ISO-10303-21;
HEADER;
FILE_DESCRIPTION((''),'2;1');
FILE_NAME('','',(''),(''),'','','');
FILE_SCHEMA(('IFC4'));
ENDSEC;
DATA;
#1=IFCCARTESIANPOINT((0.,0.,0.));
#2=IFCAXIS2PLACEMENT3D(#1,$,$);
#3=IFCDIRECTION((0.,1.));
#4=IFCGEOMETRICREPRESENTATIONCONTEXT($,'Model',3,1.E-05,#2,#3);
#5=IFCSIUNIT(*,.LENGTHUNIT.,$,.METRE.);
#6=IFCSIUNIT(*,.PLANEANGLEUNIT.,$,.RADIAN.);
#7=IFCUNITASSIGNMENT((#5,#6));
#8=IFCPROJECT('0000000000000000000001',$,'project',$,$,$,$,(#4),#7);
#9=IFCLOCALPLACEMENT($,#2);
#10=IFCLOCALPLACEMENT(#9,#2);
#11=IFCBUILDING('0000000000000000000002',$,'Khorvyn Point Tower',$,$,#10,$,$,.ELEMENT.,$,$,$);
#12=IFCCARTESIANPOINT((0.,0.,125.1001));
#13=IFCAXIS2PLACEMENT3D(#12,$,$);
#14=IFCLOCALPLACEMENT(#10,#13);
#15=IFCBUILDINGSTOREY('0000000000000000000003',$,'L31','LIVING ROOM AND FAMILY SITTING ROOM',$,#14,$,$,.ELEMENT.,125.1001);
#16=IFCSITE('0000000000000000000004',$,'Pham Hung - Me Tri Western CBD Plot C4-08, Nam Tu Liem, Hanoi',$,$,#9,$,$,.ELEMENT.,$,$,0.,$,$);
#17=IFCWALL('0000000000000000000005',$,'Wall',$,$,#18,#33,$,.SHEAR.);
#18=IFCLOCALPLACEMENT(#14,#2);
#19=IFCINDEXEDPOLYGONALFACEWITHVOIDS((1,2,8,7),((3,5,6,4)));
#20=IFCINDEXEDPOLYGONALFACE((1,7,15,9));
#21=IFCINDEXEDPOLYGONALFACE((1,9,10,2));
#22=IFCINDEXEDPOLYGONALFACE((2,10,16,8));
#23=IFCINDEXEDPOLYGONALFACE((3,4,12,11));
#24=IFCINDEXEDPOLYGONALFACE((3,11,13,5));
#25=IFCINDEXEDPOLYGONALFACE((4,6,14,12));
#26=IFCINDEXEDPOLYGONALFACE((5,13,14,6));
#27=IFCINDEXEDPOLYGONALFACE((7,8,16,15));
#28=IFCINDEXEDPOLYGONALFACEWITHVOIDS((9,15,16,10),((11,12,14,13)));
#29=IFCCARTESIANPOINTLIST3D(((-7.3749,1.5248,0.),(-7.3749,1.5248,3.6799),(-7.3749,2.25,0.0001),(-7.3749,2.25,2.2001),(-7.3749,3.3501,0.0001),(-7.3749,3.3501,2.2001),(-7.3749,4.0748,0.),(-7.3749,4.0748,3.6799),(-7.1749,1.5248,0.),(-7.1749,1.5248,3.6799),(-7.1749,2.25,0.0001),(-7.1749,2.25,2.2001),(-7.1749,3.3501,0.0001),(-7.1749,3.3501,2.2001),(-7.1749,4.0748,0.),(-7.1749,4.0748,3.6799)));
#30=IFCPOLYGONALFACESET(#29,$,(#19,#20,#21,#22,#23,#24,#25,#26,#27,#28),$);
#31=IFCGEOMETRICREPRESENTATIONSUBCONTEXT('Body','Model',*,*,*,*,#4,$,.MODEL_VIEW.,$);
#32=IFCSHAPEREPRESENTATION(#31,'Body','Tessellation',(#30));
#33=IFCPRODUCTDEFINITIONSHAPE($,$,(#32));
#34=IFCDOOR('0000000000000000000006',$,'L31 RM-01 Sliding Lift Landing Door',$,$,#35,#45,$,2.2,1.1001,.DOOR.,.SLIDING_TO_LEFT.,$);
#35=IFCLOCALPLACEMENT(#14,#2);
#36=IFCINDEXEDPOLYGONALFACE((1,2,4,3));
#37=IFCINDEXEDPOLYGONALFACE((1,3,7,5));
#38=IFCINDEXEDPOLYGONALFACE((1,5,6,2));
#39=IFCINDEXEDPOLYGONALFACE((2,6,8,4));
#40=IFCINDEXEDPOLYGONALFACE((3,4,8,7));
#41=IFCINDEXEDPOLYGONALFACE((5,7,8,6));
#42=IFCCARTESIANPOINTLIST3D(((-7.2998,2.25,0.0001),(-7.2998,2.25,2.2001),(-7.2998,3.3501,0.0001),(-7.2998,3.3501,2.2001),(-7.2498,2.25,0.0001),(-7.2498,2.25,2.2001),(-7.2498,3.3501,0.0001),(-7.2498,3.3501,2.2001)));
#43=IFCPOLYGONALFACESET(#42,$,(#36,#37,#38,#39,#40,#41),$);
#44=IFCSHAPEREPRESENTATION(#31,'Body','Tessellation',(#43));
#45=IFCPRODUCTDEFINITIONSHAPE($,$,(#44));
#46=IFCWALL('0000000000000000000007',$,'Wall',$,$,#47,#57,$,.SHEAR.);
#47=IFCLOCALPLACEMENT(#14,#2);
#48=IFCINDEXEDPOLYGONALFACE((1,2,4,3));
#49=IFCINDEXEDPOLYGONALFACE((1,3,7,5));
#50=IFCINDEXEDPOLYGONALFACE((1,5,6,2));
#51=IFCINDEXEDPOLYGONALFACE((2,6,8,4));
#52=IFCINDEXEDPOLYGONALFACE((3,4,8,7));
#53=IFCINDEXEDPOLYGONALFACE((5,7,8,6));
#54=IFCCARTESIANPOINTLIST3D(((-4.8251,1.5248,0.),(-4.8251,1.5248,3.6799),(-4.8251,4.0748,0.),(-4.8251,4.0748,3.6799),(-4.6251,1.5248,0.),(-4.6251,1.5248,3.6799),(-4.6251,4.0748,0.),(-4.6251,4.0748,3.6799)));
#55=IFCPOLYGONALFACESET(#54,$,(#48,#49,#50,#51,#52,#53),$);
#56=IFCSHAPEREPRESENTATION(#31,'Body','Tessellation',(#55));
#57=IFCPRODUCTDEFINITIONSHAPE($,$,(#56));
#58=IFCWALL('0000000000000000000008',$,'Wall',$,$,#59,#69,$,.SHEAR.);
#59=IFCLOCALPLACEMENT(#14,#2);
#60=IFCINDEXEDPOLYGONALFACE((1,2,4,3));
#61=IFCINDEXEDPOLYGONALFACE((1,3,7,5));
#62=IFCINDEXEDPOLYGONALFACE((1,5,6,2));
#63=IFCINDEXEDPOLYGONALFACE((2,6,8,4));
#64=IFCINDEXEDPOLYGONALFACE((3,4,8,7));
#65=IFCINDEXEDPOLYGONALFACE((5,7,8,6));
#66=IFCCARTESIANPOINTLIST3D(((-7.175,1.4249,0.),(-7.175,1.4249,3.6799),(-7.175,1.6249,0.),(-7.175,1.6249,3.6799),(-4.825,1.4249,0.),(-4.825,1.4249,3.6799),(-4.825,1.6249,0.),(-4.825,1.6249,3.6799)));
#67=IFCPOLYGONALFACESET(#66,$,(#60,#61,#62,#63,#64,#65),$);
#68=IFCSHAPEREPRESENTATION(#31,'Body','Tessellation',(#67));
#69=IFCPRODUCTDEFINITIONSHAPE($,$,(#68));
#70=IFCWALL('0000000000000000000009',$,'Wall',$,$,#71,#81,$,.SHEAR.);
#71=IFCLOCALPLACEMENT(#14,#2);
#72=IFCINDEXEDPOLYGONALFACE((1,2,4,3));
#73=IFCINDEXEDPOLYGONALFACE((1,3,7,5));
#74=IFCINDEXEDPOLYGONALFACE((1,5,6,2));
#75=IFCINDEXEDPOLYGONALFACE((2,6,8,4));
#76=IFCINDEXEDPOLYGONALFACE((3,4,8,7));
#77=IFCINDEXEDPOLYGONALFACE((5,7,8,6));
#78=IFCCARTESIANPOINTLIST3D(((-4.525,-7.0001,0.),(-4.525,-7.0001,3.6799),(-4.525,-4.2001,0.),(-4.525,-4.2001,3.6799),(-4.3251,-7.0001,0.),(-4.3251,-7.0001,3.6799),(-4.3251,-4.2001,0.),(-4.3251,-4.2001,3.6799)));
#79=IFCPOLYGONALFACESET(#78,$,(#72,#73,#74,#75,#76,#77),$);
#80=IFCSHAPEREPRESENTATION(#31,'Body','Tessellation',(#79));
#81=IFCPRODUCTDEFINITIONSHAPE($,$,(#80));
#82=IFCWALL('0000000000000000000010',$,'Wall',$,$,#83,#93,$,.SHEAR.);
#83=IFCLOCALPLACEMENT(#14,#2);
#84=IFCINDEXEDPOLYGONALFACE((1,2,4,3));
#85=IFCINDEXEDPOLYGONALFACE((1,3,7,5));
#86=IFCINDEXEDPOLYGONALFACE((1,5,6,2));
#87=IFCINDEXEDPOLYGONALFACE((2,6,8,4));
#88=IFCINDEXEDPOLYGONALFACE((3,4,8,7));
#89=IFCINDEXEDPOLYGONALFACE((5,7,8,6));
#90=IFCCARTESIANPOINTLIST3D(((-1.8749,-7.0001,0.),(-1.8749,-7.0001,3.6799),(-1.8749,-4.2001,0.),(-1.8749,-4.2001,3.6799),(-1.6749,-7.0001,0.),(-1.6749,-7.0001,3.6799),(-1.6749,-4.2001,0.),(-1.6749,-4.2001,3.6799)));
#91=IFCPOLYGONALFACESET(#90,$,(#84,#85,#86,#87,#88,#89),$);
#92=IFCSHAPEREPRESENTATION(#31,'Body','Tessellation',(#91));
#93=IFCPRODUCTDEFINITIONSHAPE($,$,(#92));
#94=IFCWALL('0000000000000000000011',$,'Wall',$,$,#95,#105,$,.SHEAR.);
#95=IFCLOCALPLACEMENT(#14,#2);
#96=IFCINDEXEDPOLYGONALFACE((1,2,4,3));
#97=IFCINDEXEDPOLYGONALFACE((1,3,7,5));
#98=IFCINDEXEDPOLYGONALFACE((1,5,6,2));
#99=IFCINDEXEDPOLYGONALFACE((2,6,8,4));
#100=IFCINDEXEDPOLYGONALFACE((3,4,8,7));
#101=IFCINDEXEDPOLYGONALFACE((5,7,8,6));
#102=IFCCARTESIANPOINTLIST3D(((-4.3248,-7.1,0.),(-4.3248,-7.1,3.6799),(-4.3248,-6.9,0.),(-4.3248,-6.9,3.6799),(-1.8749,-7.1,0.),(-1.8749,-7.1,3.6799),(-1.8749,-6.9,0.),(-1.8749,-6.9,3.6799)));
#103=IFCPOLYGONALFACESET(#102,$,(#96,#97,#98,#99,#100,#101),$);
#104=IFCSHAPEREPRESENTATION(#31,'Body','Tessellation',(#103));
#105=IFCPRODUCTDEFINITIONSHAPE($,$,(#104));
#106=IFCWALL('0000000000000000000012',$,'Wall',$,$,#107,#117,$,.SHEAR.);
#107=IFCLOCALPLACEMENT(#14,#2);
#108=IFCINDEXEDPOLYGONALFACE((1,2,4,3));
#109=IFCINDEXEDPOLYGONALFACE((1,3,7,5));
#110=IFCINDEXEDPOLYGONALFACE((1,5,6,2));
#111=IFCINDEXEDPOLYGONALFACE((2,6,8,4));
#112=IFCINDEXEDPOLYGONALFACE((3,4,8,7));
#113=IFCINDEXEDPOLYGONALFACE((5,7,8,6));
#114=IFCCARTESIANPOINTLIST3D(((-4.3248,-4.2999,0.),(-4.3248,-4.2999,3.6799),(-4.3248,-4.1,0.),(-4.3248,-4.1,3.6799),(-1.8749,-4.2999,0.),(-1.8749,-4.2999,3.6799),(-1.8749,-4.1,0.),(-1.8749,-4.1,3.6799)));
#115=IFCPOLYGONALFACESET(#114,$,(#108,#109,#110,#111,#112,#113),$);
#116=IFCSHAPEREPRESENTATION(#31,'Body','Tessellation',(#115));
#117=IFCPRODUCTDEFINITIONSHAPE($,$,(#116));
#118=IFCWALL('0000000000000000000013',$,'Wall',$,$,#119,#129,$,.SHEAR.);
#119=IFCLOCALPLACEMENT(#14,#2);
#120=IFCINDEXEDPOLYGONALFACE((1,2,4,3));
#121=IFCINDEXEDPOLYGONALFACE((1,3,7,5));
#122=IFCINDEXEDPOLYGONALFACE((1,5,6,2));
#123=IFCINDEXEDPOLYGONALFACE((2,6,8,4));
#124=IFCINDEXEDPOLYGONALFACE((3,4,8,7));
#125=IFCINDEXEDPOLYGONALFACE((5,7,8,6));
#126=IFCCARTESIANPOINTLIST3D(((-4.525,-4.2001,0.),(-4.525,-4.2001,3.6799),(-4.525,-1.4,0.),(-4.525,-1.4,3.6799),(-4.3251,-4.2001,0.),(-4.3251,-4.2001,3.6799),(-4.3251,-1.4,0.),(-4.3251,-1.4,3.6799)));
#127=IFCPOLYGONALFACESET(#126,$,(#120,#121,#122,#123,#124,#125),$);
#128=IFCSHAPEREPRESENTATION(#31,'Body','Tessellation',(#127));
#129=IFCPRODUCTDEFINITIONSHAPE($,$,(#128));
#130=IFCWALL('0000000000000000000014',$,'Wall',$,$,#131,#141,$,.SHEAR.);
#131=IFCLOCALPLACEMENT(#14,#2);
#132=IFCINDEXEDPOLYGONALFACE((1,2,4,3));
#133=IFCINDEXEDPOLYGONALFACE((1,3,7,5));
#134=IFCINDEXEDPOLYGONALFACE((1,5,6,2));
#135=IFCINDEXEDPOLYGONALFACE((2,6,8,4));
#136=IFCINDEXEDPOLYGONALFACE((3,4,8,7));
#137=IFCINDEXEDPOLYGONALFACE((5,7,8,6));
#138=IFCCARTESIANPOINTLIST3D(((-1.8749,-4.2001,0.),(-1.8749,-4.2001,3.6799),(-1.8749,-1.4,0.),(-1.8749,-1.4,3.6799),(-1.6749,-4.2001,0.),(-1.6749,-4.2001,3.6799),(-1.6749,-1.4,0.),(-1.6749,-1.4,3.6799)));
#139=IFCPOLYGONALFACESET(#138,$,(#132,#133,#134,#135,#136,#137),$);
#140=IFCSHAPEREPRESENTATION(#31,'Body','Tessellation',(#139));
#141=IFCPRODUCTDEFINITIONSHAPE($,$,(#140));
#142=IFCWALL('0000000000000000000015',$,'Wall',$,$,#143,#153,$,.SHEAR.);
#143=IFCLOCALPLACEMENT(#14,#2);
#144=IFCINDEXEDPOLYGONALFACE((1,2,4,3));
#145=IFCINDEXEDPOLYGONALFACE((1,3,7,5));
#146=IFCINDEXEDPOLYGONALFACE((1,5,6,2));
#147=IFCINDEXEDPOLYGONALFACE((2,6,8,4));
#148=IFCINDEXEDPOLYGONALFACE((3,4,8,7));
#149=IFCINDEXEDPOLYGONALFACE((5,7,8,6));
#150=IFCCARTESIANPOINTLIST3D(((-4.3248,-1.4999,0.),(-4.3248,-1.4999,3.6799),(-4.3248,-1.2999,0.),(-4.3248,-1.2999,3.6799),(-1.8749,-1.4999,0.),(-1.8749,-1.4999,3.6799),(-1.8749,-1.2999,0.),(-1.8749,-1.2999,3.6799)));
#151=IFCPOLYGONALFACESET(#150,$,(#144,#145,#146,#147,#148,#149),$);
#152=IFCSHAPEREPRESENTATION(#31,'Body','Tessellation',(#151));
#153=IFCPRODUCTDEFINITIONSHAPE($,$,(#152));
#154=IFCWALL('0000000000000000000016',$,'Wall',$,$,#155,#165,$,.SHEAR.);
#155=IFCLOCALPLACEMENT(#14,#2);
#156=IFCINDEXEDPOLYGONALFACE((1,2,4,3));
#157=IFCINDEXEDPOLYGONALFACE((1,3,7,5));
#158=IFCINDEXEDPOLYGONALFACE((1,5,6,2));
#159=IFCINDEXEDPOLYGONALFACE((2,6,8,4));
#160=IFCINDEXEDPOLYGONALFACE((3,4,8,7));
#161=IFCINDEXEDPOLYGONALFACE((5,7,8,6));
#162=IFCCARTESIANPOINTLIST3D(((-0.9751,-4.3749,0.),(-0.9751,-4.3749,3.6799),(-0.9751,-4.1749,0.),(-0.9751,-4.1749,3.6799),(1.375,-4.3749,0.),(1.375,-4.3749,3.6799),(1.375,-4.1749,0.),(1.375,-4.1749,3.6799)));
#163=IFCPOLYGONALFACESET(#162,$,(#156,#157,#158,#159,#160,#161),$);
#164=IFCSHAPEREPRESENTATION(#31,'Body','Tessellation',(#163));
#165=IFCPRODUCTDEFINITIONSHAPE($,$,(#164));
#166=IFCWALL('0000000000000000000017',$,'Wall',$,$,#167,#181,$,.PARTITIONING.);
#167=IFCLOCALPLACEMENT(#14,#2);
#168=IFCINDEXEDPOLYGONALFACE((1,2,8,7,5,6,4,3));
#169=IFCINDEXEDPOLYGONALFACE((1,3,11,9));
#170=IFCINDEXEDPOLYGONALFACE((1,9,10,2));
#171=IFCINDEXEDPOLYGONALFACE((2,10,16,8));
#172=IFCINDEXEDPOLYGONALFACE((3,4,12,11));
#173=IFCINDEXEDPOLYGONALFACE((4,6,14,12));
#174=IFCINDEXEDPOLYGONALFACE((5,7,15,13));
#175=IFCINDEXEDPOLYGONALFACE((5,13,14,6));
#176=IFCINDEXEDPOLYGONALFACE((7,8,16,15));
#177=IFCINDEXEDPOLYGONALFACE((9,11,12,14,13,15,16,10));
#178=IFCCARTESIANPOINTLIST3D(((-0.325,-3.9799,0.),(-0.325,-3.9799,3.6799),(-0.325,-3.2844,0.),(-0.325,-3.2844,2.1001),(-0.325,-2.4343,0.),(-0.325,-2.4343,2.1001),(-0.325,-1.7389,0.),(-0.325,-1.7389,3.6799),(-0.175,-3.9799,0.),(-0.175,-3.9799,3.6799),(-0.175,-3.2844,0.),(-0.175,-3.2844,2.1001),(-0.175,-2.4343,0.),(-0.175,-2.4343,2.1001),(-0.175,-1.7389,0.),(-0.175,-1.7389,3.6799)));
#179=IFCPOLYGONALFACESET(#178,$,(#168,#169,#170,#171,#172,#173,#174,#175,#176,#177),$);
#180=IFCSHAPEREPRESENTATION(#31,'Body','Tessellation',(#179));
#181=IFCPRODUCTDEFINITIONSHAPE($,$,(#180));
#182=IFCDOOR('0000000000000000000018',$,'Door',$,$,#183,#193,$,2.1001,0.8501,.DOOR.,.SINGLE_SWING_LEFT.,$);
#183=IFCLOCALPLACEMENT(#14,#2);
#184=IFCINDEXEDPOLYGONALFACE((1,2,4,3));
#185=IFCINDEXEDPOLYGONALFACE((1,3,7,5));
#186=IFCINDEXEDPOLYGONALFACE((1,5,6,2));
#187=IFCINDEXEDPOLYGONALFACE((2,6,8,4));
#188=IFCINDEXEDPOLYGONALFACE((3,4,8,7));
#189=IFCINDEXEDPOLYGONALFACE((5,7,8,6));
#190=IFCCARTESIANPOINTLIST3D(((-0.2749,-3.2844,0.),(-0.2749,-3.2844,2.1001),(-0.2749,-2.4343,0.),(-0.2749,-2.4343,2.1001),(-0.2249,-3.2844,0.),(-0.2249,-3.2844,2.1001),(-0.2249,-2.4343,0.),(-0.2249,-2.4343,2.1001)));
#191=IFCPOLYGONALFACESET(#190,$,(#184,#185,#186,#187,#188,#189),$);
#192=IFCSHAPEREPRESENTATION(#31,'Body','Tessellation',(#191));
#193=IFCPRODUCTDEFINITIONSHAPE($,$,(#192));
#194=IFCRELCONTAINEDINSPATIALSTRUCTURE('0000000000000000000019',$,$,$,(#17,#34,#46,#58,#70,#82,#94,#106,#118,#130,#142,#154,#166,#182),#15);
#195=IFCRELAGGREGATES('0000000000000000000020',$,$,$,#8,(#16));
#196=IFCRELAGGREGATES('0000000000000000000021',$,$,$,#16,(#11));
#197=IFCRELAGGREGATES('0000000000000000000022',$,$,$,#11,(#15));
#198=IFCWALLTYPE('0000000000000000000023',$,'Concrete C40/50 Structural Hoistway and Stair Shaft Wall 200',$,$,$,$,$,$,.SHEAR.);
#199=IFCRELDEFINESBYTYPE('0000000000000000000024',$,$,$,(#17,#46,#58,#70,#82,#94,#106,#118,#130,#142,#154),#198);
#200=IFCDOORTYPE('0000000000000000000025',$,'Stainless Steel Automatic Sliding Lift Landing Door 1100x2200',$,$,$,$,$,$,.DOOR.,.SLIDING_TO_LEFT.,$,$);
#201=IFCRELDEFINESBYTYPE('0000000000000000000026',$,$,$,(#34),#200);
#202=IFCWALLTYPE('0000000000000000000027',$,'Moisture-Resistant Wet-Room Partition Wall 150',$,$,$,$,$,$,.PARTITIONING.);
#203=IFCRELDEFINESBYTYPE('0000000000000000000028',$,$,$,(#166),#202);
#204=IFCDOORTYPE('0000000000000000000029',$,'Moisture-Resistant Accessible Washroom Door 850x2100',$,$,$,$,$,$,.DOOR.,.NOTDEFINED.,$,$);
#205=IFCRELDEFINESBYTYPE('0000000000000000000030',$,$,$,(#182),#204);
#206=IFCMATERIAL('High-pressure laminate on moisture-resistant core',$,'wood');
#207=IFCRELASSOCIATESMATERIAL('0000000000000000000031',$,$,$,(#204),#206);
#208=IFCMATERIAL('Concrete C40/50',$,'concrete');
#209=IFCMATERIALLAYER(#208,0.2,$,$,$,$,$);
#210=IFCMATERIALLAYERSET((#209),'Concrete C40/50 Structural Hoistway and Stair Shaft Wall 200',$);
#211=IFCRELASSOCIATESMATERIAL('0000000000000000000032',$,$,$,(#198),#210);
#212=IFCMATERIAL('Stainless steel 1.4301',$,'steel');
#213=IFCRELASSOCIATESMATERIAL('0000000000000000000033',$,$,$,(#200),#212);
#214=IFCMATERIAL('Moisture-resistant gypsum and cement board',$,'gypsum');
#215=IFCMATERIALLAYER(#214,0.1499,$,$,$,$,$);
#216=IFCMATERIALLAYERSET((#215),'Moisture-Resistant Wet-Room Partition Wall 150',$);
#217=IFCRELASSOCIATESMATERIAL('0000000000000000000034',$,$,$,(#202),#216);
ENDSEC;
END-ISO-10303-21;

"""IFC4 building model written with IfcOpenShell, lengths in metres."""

from ifc_helpers import new_model, si_unit, direction, frame, frame_2d, origin, place, context, subcontext, project, spatial, rectangle, extrude, material, layer, layer_set, type_object, element, fill, save


model = new_model("IFC4")

# Units and contexts
model_context = context("Model", 3, precision=1e-05, world=origin(), true_north=direction((0.0, 1.0)))
body_context = subcontext(model_context, "Body", "Model", "MODEL_VIEW")
ifc_project = project(units=[si_unit("LENGTHUNIT", "METRE"), si_unit("PLANEANGLEUNIT", "RADIAN")], contexts=[model_context])

# Site, building, storey
site_placement = place(None, origin())
site = spatial("IfcSite", under=ifc_project, at=site_placement, Name="Pham Hung - Me Tri Western CBD Plot C4-08, Nam Tu Liem, Hanoi", CompositionType="ELEMENT", RefElevation=0.0)
building_placement = place(site_placement, origin())
building = spatial("IfcBuilding", under=site, at=building_placement, Name="Khorvyn Point Tower", CompositionType="ELEMENT")
storey_placement = place(building_placement, frame((0.0, 0.0, 125.1001)))
storey = spatial("IfcBuildingStorey", under=building, at=storey_placement, Name="L31", Description="LIVING ROOM AND FAMILY SITTING ROOM", CompositionType="ELEMENT", Elevation=125.1001)

# Shared definitions
ifc_material_1 = material(Name="Concrete C40/50", Category="concrete")

# Shared definitions
ifc_material_2 = material(Name="High-pressure laminate on moisture-resistant core", Category="wood")
door_type_1 = type_object("IfcDoorType", Name="Moisture-Resistant Accessible Washroom Door 850x2100", OperationType="NOTDEFINED", PredefinedType="DOOR", material=ifc_material_2)

# Wall, opening, door
ifc_layer_1 = layer(ifc_material_1, 0.2)
ifc_layer_set_1 = layer_set([ifc_layer_1], Name="Concrete C40/50 Structural Hoistway and Stair Shaft Wall 200")
wall_type_1 = type_object("IfcWallType", Name="Concrete C40/50 Structural Hoistway and Stair Shaft Wall 200", PredefinedType="SHEAR", material=ifc_layer_set_1)
wall_1_placement = place(storey_placement, frame((-7.2749, 1.5249, 0.0), z_axis=(0.0, 0.0, 1.0), x_axis=(0.0, 1.0, 0.0)))
wall_1 = element("IfcWall", 1, at=wall_1_placement, inside=storey, type_object=wall_type_1, Name="Wall", PredefinedType="SHEAR", context=body_context, shape_type="SweptSolid", body=[
    extrude(rectangle(XDim=2.55, YDim=0.2, at=frame_2d((1.2749, 0.0))), origin(), (0.0, 0.0, 1.0), 3.6799),
])
opening_1_placement = place(wall_1_placement, frame((0.7251, 0.0, 0.0)))
opening_1 = element("IfcOpeningElement", 2, at=opening_1_placement, cuts=wall_1, PredefinedType="OPENING", context=body_context, shape_type="SweptSolid", body=[
    extrude(rectangle(XDim=1.1001, YDim=2.2, at=frame_2d((0.55, 1.1001))), frame((0.0, 0.1099, 0.0), z_axis=(0.0, -1.0, 0.0), x_axis=(1.0, 0.0, 0.0)), (0.0, 0.0, 1.0), 0.22),
])
ifc_material_3 = material(Name="Stainless steel 1.4301", Category="steel")
door_type_2 = type_object("IfcDoorType", Name="Stainless Steel Automatic Sliding Lift Landing Door 1100x2200", OperationType="SLIDING_TO_LEFT", PredefinedType="DOOR", material=ifc_material_3)
door_1_placement = place(opening_1_placement, origin())
door_1 = element("IfcDoor", 3, at=door_1_placement, inside=storey, type_object=door_type_2, Name="L31 RM-01 Sliding Lift Landing Door", OperationType="SLIDING_TO_LEFT", OverallHeight=2.2, OverallWidth=1.1001, PredefinedType="DOOR", context=body_context, shape_type="SweptSolid", body=[
    extrude(rectangle(XDim=1.1001, YDim=2.2, at=frame_2d((0.55, 1.1001))), frame((0.0, 0.0249, 0.0), z_axis=(0.0, -1.0, 0.0), x_axis=(1.0, 0.0, 0.0)), (0.0, 0.0, 1.0), 0.05),
])
fill(opening_1, door_1)

# Walls
wall_2_placement = place(storey_placement, frame((-4.7251, 1.5249, 0.0), z_axis=(0.0, 0.0, 1.0), x_axis=(0.0, 1.0, 0.0)))
element("IfcWall", 4, at=wall_2_placement, inside=storey, type_object=wall_type_1, Name="Wall", PredefinedType="SHEAR", context=body_context, shape_type="SweptSolid", body=[
    extrude(rectangle(XDim=2.55, YDim=0.2, at=frame_2d((1.2749, 0.0))), origin(), (0.0, 0.0, 1.0), 3.6799),
])
wall_3_placement = place(storey_placement, frame((-7.175, 1.5249, 0.0), z_axis=(0.0, 0.0, 1.0), x_axis=(1.0, 0.0, 0.0)))
element("IfcWall", 5, at=wall_3_placement, inside=storey, type_object=wall_type_1, Name="Wall", PredefinedType="SHEAR", context=body_context, shape_type="SweptSolid", body=[
    extrude(rectangle(XDim=2.3501, YDim=0.2, at=frame_2d((1.175, 0.0))), origin(), (0.0, 0.0, 1.0), 3.6799),
])
for number, where, z_axis, x_axis, name in (
    (6, (-4.425, -7.0, 0.0), (0.0, 0.0, 1.0), (0.0, 1.0, 0.0), "Wall"),
    (7, (-1.7749, -7.0, 0.0), (0.0, 0.0, 1.0), (0.0, 1.0, 0.0), "Wall"),
):
    element("IfcWall", number, at=place(storey_placement, frame(where, z_axis=z_axis, x_axis=x_axis)), inside=storey, type_object=wall_type_1, Name=name, PredefinedType="SHEAR", context=body_context, shape_type="SweptSolid", body=[
        extrude(rectangle(XDim=2.8, YDim=0.2, at=frame_2d((1.3999, 0.0))), origin(), (0.0, 0.0, 1.0), 3.6799),
    ])
for number, where, z_axis, x_axis, name in (
    (8, (-4.325, -7.0, 0.0), (0.0, 0.0, 1.0), (1.0, 0.0, 0.0), "Wall"),
    (9, (-4.325, -4.2, 0.0), (0.0, 0.0, 1.0), (1.0, 0.0, 0.0), "Wall"),
):
    element("IfcWall", number, at=place(storey_placement, frame(where, z_axis=z_axis, x_axis=x_axis)), inside=storey, type_object=wall_type_1, Name=name, PredefinedType="SHEAR", context=body_context, shape_type="SweptSolid", body=[
        extrude(rectangle(XDim=2.45, YDim=0.2, at=frame_2d((1.2251, 0.0))), origin(), (0.0, 0.0, 1.0), 3.6799),
    ])
for number, where, z_axis, x_axis, name in (
    (10, (-4.425, -4.2, 0.0), (0.0, 0.0, 1.0), (0.0, 1.0, 0.0), "Wall"),
    (11, (-1.7749, -4.2, 0.0), (0.0, 0.0, 1.0), (0.0, 1.0, 0.0), "Wall"),
):
    element("IfcWall", number, at=place(storey_placement, frame(where, z_axis=z_axis, x_axis=x_axis)), inside=storey, type_object=wall_type_1, Name=name, PredefinedType="SHEAR", context=body_context, shape_type="SweptSolid", body=[
        extrude(rectangle(XDim=2.8, YDim=0.2, at=frame_2d((1.3999, 0.0))), origin(), (0.0, 0.0, 1.0), 3.6799),
    ])
wall_4_placement = place(storey_placement, frame((-4.325, -1.3999, 0.0), z_axis=(0.0, 0.0, 1.0), x_axis=(1.0, 0.0, 0.0)))
element("IfcWall", 12, at=wall_4_placement, inside=storey, type_object=wall_type_1, Name="Wall", PredefinedType="SHEAR", context=body_context, shape_type="SweptSolid", body=[
    extrude(rectangle(XDim=2.45, YDim=0.2, at=frame_2d((1.2251, 0.0))), origin(), (0.0, 0.0, 1.0), 3.6799),
])
wall_5_placement = place(storey_placement, frame((-0.9751, -4.2749, 0.0), z_axis=(0.0, 0.0, 1.0), x_axis=(1.0, 0.0, 0.0)))
element("IfcWall", 13, at=wall_5_placement, inside=storey, type_object=wall_type_1, Name="Wall", PredefinedType="SHEAR", context=body_context, shape_type="SweptSolid", body=[
    extrude(rectangle(XDim=2.3501, YDim=0.2, at=frame_2d((1.175, 0.0))), origin(), (0.0, 0.0, 1.0), 3.6799),
])

# Wall, opening, door
ifc_material_4 = material(Name="Moisture-resistant gypsum and cement board", Category="gypsum")
ifc_layer_2 = layer(ifc_material_4, 0.1499)
ifc_layer_set_2 = layer_set([ifc_layer_2], Name="Moisture-Resistant Wet-Room Partition Wall 150")
wall_type_2 = type_object("IfcWallType", Name="Moisture-Resistant Wet-Room Partition Wall 150", PredefinedType="PARTITIONING", material=ifc_layer_set_2)
wall_6_placement = place(storey_placement, frame((-0.25, -3.98, 0.0), z_axis=(0.0, 0.0, 1.0), x_axis=(0.0, 1.0, 0.0)))
wall_6 = element("IfcWall", 14, at=wall_6_placement, inside=storey, type_object=wall_type_2, Name="Wall", PredefinedType="PARTITIONING", context=body_context, shape_type="SweptSolid", body=[
    extrude(rectangle(XDim=2.241, YDim=0.1499, at=frame_2d((1.1206, 0.0))), origin(), (0.0, 0.0, 1.0), 3.6799),
])
opening_2_placement = place(wall_6_placement, frame((0.6956, 0.0, 0.0)))
opening_2 = element("IfcOpeningElement", 15, at=opening_2_placement, cuts=wall_6, PredefinedType="OPENING", context=body_context, shape_type="SweptSolid", body=[
    extrude(rectangle(XDim=0.8501, YDim=2.1001, at=frame_2d((0.425, 1.05))), frame((0.0, 0.085, 0.0), z_axis=(0.0, -1.0, 0.0), x_axis=(1.0, 0.0, 0.0)), (0.0, 0.0, 1.0), 0.1699),
])
door_2_placement = place(opening_2_placement, origin())
door_2 = element("IfcDoor", 16, at=door_2_placement, inside=storey, type_object=door_type_1, Name="Door", OperationType="SINGLE_SWING_LEFT", OverallHeight=2.1001, OverallWidth=0.8501, PredefinedType="DOOR", context=body_context, shape_type="SweptSolid", body=[
    extrude(rectangle(XDim=0.8501, YDim=2.1001, at=frame_2d((0.425, 1.05))), frame((0.0, 0.0249, 0.0), z_axis=(0.0, -1.0, 0.0), x_axis=(1.0, 0.0, 0.0)), (0.0, 0.0, 1.0), 0.05),
])
fill(opening_2, door_2)

save(model, "model.ifc")
